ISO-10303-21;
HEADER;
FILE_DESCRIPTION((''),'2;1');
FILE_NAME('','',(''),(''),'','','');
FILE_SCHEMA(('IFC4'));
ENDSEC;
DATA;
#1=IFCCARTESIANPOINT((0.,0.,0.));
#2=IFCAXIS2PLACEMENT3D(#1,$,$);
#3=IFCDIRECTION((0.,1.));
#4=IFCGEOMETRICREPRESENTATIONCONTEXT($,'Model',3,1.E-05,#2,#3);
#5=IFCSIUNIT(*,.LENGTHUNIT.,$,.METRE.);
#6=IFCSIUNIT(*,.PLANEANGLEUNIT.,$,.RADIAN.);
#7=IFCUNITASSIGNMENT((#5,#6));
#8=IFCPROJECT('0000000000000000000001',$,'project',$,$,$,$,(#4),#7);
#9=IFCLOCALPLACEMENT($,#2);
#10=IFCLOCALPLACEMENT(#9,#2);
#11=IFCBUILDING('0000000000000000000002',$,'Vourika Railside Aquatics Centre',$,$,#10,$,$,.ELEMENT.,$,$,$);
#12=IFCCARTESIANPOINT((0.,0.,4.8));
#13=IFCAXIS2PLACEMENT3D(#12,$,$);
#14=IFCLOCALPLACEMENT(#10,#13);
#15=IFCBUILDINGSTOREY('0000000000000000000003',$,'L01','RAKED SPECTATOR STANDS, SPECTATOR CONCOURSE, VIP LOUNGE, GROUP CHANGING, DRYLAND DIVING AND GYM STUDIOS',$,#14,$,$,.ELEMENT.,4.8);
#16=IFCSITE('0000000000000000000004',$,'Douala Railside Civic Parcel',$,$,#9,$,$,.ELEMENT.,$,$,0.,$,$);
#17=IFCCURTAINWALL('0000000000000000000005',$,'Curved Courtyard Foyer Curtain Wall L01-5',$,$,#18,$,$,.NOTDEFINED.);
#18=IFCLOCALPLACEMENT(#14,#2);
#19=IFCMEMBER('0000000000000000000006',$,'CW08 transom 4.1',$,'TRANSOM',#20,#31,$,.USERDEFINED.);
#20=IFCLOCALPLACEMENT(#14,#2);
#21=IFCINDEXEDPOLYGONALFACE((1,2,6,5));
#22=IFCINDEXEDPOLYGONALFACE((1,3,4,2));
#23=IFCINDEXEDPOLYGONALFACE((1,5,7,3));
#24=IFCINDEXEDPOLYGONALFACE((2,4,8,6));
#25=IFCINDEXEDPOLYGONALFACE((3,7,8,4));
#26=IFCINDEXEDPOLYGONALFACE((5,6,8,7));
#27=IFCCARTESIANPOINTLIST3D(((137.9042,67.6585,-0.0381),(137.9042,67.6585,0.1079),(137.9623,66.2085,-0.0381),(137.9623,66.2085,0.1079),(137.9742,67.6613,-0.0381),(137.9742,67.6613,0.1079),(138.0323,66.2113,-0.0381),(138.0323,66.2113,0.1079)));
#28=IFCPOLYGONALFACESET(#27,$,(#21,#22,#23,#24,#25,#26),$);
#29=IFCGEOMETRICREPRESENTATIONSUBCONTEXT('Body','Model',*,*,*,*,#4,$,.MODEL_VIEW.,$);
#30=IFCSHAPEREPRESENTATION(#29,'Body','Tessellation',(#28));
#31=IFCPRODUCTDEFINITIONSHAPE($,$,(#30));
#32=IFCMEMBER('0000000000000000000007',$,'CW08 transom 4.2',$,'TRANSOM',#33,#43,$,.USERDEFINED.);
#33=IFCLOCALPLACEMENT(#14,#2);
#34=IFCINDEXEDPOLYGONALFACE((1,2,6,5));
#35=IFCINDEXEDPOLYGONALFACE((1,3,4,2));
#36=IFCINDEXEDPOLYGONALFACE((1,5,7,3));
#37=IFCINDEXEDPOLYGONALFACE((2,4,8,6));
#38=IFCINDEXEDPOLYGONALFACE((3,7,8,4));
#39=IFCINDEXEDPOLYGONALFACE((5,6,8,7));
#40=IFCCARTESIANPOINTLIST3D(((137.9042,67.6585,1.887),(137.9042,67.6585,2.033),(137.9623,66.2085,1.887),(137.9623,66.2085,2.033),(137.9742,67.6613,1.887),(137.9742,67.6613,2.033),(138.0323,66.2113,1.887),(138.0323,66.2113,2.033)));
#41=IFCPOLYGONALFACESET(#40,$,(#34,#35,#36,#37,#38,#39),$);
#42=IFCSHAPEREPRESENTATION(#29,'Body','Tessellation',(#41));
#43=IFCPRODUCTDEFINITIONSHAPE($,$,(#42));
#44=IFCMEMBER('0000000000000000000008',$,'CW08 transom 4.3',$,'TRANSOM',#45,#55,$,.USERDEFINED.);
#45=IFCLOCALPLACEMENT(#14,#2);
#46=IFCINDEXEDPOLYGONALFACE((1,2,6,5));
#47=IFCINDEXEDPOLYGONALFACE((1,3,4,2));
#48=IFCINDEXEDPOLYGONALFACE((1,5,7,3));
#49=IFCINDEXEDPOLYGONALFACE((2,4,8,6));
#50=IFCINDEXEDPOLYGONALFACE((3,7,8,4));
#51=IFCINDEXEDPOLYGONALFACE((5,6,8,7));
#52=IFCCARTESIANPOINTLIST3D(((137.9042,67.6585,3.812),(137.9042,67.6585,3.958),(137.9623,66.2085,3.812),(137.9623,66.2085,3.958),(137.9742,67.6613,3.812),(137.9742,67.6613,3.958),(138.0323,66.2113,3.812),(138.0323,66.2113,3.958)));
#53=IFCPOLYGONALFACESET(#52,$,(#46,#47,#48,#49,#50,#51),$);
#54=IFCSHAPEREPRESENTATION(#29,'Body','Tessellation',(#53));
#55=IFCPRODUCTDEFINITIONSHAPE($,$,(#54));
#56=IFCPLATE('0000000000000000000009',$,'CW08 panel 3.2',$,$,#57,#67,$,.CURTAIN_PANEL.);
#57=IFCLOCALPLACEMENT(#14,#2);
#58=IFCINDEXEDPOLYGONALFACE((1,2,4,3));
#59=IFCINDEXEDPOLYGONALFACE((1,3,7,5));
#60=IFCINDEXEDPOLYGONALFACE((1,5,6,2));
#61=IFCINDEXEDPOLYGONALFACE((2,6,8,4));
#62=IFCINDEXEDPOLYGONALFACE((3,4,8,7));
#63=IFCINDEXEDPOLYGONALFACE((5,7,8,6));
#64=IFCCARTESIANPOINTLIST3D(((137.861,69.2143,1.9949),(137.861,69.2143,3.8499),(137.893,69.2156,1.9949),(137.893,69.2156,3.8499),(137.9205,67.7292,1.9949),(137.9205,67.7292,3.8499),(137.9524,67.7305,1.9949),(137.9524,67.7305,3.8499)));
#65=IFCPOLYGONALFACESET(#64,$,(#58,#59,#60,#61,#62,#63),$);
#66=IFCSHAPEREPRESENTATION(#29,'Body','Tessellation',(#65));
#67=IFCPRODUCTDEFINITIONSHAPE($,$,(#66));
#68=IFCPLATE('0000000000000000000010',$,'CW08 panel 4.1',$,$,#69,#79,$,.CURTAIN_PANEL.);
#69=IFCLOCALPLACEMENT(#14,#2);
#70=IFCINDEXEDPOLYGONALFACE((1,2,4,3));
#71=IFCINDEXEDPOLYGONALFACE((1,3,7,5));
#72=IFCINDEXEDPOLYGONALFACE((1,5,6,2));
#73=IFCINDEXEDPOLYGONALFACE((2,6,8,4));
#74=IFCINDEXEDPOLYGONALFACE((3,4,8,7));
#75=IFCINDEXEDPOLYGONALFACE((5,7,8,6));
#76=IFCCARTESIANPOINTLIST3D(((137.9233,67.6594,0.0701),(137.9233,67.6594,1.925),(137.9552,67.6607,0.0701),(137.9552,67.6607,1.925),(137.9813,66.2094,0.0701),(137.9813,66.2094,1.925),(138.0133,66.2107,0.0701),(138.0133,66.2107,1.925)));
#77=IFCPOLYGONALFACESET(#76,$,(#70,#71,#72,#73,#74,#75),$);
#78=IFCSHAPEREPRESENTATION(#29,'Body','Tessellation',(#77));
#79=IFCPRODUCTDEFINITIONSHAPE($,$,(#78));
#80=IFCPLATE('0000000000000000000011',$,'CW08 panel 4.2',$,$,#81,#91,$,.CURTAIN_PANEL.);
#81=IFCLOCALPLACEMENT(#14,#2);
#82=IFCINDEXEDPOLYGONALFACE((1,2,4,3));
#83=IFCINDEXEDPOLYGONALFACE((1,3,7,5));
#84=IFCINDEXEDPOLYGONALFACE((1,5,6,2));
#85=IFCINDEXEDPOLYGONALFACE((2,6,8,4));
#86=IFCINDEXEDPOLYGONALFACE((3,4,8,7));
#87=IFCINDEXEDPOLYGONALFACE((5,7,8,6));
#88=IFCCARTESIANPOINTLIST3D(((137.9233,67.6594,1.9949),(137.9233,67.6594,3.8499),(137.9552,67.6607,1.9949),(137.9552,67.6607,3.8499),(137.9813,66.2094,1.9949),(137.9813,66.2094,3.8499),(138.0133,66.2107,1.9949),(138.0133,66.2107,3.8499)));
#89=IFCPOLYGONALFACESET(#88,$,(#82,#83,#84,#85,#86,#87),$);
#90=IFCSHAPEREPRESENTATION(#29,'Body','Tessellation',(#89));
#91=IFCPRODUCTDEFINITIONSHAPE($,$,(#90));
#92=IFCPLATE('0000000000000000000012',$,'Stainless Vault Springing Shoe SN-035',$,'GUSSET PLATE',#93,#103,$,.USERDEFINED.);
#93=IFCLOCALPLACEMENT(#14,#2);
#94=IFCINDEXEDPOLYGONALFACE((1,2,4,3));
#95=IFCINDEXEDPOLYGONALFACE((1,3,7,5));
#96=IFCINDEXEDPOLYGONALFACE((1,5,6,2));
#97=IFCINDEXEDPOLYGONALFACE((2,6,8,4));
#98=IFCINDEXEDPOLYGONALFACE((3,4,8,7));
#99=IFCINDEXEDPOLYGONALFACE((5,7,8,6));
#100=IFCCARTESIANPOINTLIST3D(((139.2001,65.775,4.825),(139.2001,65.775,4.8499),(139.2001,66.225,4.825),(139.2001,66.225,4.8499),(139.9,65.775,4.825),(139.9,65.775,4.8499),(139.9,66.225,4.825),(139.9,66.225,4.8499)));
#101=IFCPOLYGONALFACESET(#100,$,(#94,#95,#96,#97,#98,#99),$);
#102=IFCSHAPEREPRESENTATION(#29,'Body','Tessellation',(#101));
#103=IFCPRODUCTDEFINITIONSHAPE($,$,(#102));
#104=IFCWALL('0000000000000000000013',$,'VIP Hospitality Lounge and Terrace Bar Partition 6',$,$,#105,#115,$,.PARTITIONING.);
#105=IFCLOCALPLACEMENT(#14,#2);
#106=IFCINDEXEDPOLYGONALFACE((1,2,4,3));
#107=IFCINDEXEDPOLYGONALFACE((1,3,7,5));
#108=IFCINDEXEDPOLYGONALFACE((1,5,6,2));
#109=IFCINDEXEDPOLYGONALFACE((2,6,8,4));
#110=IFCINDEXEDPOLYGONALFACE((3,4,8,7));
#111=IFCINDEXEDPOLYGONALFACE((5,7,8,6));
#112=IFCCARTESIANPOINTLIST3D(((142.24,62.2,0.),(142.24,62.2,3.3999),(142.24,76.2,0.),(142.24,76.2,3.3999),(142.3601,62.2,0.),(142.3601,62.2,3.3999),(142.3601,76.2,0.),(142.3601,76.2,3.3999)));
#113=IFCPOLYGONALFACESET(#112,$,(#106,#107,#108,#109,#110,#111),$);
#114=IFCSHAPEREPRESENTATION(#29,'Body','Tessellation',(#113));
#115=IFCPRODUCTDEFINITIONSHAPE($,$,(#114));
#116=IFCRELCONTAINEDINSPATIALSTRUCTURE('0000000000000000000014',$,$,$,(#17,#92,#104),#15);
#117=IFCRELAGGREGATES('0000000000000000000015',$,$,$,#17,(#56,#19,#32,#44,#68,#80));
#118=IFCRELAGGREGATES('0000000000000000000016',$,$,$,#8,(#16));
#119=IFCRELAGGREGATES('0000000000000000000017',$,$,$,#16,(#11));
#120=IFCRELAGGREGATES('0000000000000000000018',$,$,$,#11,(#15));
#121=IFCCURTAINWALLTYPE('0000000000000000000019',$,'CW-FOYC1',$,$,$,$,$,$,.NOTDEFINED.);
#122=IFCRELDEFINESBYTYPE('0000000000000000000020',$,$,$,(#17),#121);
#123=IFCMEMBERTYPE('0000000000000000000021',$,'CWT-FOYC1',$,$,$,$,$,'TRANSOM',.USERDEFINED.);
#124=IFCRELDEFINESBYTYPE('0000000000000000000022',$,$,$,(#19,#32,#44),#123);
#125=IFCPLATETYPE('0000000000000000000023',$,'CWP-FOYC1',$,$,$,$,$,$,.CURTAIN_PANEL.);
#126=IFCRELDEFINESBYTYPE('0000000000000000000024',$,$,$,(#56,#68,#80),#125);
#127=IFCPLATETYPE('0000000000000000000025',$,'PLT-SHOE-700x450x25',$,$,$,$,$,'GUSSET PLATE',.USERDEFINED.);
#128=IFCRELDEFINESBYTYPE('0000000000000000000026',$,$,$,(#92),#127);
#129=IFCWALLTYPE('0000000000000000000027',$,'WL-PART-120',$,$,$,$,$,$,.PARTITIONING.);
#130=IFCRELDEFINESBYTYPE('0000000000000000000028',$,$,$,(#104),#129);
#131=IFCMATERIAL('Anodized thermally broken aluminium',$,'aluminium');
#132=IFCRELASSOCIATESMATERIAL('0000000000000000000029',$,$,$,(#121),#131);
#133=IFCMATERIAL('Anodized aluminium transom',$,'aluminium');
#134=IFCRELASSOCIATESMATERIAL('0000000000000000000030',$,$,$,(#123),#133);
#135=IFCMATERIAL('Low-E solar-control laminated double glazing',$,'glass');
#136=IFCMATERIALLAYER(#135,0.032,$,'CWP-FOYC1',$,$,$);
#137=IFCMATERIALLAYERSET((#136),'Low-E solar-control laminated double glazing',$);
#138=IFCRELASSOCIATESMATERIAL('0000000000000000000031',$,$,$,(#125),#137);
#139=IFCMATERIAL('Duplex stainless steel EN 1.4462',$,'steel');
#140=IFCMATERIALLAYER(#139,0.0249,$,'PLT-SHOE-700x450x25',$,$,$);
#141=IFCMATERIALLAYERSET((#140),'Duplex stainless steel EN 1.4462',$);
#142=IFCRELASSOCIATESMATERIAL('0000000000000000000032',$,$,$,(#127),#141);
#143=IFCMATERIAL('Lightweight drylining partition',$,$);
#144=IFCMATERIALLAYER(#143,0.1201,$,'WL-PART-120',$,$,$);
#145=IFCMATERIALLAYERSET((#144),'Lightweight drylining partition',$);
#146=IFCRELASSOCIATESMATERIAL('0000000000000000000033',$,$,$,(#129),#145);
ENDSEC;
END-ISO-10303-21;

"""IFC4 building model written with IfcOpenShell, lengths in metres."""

from ifc_helpers import new_model, si_unit, direction, frame, frame_2d, origin, origin_2d, place, context, subcontext, project, spatial, rectangle, extrude, material, layer, layer_set, material_profile, profile_set, type_object, element, aggregate, save


model = new_model("IFC4")

# Units and contexts
model_context = context("Model", 3, precision=1e-05, world=origin(), true_north=direction((0.0, 1.0)))
body_context = subcontext(model_context, "Body", "Model", "MODEL_VIEW")
ifc_project = project(units=[si_unit("LENGTHUNIT", "METRE"), si_unit("PLANEANGLEUNIT", "RADIAN")], contexts=[model_context])

# Site, building, storey
site_placement = place(None, origin())
site = spatial("IfcSite", under=ifc_project, at=site_placement, Name="Douala Railside Civic Parcel", CompositionType="ELEMENT", RefElevation=0.0)
building_placement = place(site_placement, origin())
building = spatial("IfcBuilding", under=site, at=building_placement, Name="Vourika Railside Aquatics Centre", CompositionType="ELEMENT")
storey_placement = place(building_placement, frame((0.0, 0.0, 4.8)))
storey = spatial("IfcBuildingStorey", under=building, at=storey_placement, Name="L01", Description="RAKED SPECTATOR STANDS, SPECTATOR CONCOURSE, VIP LOUNGE, GROUP CHANGING, DRYLAND DIVING AND GYM STUDIOS", CompositionType="ELEMENT", Elevation=4.8)

# Curtain wall, members, plates
ifc_material_1 = material(Name="Anodized thermally broken aluminium", Category="aluminium")
curtain_wall_type = type_object("IfcCurtainWallType", Name="CW-FOYC1", PredefinedType="NOTDEFINED", material=ifc_material_1)
curtain_wall_placement = place(storey_placement, origin())
curtain_wall = element("IfcCurtainWall", 1, at=curtain_wall_placement, inside=storey, type_object=curtain_wall_type, Name="Curved Courtyard Foyer Curtain Wall L01-5", PredefinedType="NOTDEFINED")
ifc_material_2 = material(Name="Anodized aluminium transom", Category="aluminium")
ifc_material_profile_1 = material_profile(ifc_material_2, rectangle(XDim=0.0701, YDim=0.146, at=origin_2d()), Name="ALU-T 70x146")
ifc_profile_set_1 = profile_set([ifc_material_profile_1], Name="Anodized aluminium transom")
member_type_1 = type_object("IfcMemberType", Name="CWT-FOYC1", ElementType="TRANSOM", PredefinedType="USERDEFINED", material=ifc_profile_set_1)
member_1_placement = place(storey_placement, frame((137.9392, 67.6599, 0.0349), z_axis=(0.040042, -0.999198, 0.0), x_axis=(0.999198, 0.040042, 0.0)))
member_1 = element("IfcMember", 2, at=member_1_placement, type_object=member_type_1, Name="CW08 transom 4.1", ObjectType="TRANSOM", PredefinedType="USERDEFINED", context=body_context, shape_type="SweptSolid", body=[
    extrude(rectangle(XDim=0.0701, YDim=0.146, at=origin_2d()), origin(), (0.0, 0.0, 1.0), 1.4512),
])
member_2_placement = place(storey_placement, frame((137.9392, 67.6599, 1.96), z_axis=(0.040042, -0.999198, 0.0), x_axis=(0.999198, 0.040042, 0.0)))
member_2 = element("IfcMember", 3, at=member_2_placement, type_object=member_type_1, Name="CW08 transom 4.2", ObjectType="TRANSOM", PredefinedType="USERDEFINED", context=body_context, shape_type="SweptSolid", body=[
    extrude(rectangle(XDim=0.0701, YDim=0.146, at=origin_2d()), origin(), (0.0, 0.0, 1.0), 1.4512),
])
member_3_placement = place(storey_placement, frame((137.9392, 67.6599, 3.885), z_axis=(0.040042, -0.999198, 0.0), x_axis=(0.999198, 0.040042, 0.0)))
member_3 = element("IfcMember", 4, at=member_3_placement, type_object=member_type_1, Name="CW08 transom 4.3", ObjectType="TRANSOM", PredefinedType="USERDEFINED", context=body_context, shape_type="SweptSolid", body=[
    extrude(rectangle(XDim=0.0701, YDim=0.146, at=origin_2d()), origin(), (0.0, 0.0, 1.0), 1.4512),
])
ifc_material_3 = material(Name="Low-E solar-control laminated double glazing", Category="glass")
ifc_layer_1 = layer(ifc_material_3, 0.032, Name="CWP-FOYC1")
ifc_layer_set_1 = layer_set([ifc_layer_1], Name="Low-E solar-control laminated double glazing")
plate_type_1 = type_object("IfcPlateType", Name="CWP-FOYC1", PredefinedType="CURTAIN_PANEL", material=ifc_layer_set_1)
plate_1_placement = place(storey_placement, frame((137.9067, 68.4724, 1.9949), z_axis=(0.0, 0.0, 1.0), x_axis=(0.04, -0.9992, 0.0)))
plate_1 = element("IfcPlate", 5, at=plate_1_placement, type_object=plate_type_1, Name="CW08 panel 3.2", PredefinedType="CURTAIN_PANEL", context=body_context, shape_type="SweptSolid", body=[
    extrude(rectangle(XDim=1.4863, YDim=0.032, at=origin_2d()), origin(), (0.0, 0.0, 1.0), 1.855),
])
plate_2_placement = place(storey_placement, frame((137.9683, 66.9351, 0.0701), z_axis=(0.0, 0.0, 1.0), x_axis=(0.04, -0.9992, 0.0)))
plate_2 = element("IfcPlate", 6, at=plate_2_placement, type_object=plate_type_1, Name="CW08 panel 4.1", PredefinedType="CURTAIN_PANEL", context=body_context, shape_type="SweptSolid", body=[
    extrude(rectangle(XDim=1.4512, YDim=0.032, at=origin_2d()), origin(), (0.0, 0.0, 1.0), 1.855),
])
plate_3_placement = place(storey_placement, frame((137.9683, 66.9351, 1.9949), z_axis=(0.0, 0.0, 1.0), x_axis=(0.04, -0.9992, 0.0)))
plate_3 = element("IfcPlate", 7, at=plate_3_placement, type_object=plate_type_1, Name="CW08 panel 4.2", PredefinedType="CURTAIN_PANEL", context=body_context, shape_type="SweptSolid", body=[
    extrude(rectangle(XDim=1.4512, YDim=0.032, at=origin_2d()), origin(), (0.0, 0.0, 1.0), 1.855),
])
aggregate(curtain_wall, [plate_1, member_1, member_2, member_3, plate_2, plate_3])

# Plate
ifc_material_4 = material(Name="Duplex stainless steel EN 1.4462", Category="steel")
ifc_layer_2 = layer(ifc_material_4, 0.0249, Name="PLT-SHOE-700x450x25")
ifc_layer_set_2 = layer_set([ifc_layer_2], Name="Duplex stainless steel EN 1.4462")
plate_type_2 = type_object("IfcPlateType", Name="PLT-SHOE-700x450x25", ElementType="GUSSET PLATE", PredefinedType="USERDEFINED", material=ifc_layer_set_2)
plate_4_placement = place(storey_placement, frame((139.55, 66.0, 4.825), z_axis=(0.0, 0.0, 1.0), x_axis=(1.0, 0.0, 0.0)))
element("IfcPlate", 8, at=plate_4_placement, inside=storey, type_object=plate_type_2, Name="Stainless Vault Springing Shoe SN-035", ObjectType="GUSSET PLATE", PredefinedType="USERDEFINED", context=body_context, shape_type="SweptSolid", body=[
    extrude(rectangle(XDim=0.7, YDim=0.45, at=origin_2d()), origin(), (0.0, 0.0, 1.0), 0.0249),
])

# Wall
ifc_material_5 = material(Name="Lightweight drylining partition")
ifc_layer_3 = layer(ifc_material_5, 0.1201, Name="WL-PART-120")
ifc_layer_set_3 = layer_set([ifc_layer_3], Name="Lightweight drylining partition")
wall_type = type_object("IfcWallType", Name="WL-PART-120", PredefinedType="PARTITIONING", material=ifc_layer_set_3)
wall_placement = place(storey_placement, frame((142.3, 76.2, 0.0), z_axis=(0.0, 0.0, 1.0), x_axis=(0.0, -1.0, 0.0)))
element("IfcWall", 9, at=wall_placement, inside=storey, type_object=wall_type, Name="VIP Hospitality Lounge and Terrace Bar Partition 6", PredefinedType="PARTITIONING", context=body_context, shape_type="SweptSolid", body=[
    extrude(rectangle(XDim=14.0, YDim=0.1201, at=frame_2d((7.0, 0.0))), origin(), (0.0, 0.0, 1.0), 3.3999),
])

save(model, "model.ifc")
